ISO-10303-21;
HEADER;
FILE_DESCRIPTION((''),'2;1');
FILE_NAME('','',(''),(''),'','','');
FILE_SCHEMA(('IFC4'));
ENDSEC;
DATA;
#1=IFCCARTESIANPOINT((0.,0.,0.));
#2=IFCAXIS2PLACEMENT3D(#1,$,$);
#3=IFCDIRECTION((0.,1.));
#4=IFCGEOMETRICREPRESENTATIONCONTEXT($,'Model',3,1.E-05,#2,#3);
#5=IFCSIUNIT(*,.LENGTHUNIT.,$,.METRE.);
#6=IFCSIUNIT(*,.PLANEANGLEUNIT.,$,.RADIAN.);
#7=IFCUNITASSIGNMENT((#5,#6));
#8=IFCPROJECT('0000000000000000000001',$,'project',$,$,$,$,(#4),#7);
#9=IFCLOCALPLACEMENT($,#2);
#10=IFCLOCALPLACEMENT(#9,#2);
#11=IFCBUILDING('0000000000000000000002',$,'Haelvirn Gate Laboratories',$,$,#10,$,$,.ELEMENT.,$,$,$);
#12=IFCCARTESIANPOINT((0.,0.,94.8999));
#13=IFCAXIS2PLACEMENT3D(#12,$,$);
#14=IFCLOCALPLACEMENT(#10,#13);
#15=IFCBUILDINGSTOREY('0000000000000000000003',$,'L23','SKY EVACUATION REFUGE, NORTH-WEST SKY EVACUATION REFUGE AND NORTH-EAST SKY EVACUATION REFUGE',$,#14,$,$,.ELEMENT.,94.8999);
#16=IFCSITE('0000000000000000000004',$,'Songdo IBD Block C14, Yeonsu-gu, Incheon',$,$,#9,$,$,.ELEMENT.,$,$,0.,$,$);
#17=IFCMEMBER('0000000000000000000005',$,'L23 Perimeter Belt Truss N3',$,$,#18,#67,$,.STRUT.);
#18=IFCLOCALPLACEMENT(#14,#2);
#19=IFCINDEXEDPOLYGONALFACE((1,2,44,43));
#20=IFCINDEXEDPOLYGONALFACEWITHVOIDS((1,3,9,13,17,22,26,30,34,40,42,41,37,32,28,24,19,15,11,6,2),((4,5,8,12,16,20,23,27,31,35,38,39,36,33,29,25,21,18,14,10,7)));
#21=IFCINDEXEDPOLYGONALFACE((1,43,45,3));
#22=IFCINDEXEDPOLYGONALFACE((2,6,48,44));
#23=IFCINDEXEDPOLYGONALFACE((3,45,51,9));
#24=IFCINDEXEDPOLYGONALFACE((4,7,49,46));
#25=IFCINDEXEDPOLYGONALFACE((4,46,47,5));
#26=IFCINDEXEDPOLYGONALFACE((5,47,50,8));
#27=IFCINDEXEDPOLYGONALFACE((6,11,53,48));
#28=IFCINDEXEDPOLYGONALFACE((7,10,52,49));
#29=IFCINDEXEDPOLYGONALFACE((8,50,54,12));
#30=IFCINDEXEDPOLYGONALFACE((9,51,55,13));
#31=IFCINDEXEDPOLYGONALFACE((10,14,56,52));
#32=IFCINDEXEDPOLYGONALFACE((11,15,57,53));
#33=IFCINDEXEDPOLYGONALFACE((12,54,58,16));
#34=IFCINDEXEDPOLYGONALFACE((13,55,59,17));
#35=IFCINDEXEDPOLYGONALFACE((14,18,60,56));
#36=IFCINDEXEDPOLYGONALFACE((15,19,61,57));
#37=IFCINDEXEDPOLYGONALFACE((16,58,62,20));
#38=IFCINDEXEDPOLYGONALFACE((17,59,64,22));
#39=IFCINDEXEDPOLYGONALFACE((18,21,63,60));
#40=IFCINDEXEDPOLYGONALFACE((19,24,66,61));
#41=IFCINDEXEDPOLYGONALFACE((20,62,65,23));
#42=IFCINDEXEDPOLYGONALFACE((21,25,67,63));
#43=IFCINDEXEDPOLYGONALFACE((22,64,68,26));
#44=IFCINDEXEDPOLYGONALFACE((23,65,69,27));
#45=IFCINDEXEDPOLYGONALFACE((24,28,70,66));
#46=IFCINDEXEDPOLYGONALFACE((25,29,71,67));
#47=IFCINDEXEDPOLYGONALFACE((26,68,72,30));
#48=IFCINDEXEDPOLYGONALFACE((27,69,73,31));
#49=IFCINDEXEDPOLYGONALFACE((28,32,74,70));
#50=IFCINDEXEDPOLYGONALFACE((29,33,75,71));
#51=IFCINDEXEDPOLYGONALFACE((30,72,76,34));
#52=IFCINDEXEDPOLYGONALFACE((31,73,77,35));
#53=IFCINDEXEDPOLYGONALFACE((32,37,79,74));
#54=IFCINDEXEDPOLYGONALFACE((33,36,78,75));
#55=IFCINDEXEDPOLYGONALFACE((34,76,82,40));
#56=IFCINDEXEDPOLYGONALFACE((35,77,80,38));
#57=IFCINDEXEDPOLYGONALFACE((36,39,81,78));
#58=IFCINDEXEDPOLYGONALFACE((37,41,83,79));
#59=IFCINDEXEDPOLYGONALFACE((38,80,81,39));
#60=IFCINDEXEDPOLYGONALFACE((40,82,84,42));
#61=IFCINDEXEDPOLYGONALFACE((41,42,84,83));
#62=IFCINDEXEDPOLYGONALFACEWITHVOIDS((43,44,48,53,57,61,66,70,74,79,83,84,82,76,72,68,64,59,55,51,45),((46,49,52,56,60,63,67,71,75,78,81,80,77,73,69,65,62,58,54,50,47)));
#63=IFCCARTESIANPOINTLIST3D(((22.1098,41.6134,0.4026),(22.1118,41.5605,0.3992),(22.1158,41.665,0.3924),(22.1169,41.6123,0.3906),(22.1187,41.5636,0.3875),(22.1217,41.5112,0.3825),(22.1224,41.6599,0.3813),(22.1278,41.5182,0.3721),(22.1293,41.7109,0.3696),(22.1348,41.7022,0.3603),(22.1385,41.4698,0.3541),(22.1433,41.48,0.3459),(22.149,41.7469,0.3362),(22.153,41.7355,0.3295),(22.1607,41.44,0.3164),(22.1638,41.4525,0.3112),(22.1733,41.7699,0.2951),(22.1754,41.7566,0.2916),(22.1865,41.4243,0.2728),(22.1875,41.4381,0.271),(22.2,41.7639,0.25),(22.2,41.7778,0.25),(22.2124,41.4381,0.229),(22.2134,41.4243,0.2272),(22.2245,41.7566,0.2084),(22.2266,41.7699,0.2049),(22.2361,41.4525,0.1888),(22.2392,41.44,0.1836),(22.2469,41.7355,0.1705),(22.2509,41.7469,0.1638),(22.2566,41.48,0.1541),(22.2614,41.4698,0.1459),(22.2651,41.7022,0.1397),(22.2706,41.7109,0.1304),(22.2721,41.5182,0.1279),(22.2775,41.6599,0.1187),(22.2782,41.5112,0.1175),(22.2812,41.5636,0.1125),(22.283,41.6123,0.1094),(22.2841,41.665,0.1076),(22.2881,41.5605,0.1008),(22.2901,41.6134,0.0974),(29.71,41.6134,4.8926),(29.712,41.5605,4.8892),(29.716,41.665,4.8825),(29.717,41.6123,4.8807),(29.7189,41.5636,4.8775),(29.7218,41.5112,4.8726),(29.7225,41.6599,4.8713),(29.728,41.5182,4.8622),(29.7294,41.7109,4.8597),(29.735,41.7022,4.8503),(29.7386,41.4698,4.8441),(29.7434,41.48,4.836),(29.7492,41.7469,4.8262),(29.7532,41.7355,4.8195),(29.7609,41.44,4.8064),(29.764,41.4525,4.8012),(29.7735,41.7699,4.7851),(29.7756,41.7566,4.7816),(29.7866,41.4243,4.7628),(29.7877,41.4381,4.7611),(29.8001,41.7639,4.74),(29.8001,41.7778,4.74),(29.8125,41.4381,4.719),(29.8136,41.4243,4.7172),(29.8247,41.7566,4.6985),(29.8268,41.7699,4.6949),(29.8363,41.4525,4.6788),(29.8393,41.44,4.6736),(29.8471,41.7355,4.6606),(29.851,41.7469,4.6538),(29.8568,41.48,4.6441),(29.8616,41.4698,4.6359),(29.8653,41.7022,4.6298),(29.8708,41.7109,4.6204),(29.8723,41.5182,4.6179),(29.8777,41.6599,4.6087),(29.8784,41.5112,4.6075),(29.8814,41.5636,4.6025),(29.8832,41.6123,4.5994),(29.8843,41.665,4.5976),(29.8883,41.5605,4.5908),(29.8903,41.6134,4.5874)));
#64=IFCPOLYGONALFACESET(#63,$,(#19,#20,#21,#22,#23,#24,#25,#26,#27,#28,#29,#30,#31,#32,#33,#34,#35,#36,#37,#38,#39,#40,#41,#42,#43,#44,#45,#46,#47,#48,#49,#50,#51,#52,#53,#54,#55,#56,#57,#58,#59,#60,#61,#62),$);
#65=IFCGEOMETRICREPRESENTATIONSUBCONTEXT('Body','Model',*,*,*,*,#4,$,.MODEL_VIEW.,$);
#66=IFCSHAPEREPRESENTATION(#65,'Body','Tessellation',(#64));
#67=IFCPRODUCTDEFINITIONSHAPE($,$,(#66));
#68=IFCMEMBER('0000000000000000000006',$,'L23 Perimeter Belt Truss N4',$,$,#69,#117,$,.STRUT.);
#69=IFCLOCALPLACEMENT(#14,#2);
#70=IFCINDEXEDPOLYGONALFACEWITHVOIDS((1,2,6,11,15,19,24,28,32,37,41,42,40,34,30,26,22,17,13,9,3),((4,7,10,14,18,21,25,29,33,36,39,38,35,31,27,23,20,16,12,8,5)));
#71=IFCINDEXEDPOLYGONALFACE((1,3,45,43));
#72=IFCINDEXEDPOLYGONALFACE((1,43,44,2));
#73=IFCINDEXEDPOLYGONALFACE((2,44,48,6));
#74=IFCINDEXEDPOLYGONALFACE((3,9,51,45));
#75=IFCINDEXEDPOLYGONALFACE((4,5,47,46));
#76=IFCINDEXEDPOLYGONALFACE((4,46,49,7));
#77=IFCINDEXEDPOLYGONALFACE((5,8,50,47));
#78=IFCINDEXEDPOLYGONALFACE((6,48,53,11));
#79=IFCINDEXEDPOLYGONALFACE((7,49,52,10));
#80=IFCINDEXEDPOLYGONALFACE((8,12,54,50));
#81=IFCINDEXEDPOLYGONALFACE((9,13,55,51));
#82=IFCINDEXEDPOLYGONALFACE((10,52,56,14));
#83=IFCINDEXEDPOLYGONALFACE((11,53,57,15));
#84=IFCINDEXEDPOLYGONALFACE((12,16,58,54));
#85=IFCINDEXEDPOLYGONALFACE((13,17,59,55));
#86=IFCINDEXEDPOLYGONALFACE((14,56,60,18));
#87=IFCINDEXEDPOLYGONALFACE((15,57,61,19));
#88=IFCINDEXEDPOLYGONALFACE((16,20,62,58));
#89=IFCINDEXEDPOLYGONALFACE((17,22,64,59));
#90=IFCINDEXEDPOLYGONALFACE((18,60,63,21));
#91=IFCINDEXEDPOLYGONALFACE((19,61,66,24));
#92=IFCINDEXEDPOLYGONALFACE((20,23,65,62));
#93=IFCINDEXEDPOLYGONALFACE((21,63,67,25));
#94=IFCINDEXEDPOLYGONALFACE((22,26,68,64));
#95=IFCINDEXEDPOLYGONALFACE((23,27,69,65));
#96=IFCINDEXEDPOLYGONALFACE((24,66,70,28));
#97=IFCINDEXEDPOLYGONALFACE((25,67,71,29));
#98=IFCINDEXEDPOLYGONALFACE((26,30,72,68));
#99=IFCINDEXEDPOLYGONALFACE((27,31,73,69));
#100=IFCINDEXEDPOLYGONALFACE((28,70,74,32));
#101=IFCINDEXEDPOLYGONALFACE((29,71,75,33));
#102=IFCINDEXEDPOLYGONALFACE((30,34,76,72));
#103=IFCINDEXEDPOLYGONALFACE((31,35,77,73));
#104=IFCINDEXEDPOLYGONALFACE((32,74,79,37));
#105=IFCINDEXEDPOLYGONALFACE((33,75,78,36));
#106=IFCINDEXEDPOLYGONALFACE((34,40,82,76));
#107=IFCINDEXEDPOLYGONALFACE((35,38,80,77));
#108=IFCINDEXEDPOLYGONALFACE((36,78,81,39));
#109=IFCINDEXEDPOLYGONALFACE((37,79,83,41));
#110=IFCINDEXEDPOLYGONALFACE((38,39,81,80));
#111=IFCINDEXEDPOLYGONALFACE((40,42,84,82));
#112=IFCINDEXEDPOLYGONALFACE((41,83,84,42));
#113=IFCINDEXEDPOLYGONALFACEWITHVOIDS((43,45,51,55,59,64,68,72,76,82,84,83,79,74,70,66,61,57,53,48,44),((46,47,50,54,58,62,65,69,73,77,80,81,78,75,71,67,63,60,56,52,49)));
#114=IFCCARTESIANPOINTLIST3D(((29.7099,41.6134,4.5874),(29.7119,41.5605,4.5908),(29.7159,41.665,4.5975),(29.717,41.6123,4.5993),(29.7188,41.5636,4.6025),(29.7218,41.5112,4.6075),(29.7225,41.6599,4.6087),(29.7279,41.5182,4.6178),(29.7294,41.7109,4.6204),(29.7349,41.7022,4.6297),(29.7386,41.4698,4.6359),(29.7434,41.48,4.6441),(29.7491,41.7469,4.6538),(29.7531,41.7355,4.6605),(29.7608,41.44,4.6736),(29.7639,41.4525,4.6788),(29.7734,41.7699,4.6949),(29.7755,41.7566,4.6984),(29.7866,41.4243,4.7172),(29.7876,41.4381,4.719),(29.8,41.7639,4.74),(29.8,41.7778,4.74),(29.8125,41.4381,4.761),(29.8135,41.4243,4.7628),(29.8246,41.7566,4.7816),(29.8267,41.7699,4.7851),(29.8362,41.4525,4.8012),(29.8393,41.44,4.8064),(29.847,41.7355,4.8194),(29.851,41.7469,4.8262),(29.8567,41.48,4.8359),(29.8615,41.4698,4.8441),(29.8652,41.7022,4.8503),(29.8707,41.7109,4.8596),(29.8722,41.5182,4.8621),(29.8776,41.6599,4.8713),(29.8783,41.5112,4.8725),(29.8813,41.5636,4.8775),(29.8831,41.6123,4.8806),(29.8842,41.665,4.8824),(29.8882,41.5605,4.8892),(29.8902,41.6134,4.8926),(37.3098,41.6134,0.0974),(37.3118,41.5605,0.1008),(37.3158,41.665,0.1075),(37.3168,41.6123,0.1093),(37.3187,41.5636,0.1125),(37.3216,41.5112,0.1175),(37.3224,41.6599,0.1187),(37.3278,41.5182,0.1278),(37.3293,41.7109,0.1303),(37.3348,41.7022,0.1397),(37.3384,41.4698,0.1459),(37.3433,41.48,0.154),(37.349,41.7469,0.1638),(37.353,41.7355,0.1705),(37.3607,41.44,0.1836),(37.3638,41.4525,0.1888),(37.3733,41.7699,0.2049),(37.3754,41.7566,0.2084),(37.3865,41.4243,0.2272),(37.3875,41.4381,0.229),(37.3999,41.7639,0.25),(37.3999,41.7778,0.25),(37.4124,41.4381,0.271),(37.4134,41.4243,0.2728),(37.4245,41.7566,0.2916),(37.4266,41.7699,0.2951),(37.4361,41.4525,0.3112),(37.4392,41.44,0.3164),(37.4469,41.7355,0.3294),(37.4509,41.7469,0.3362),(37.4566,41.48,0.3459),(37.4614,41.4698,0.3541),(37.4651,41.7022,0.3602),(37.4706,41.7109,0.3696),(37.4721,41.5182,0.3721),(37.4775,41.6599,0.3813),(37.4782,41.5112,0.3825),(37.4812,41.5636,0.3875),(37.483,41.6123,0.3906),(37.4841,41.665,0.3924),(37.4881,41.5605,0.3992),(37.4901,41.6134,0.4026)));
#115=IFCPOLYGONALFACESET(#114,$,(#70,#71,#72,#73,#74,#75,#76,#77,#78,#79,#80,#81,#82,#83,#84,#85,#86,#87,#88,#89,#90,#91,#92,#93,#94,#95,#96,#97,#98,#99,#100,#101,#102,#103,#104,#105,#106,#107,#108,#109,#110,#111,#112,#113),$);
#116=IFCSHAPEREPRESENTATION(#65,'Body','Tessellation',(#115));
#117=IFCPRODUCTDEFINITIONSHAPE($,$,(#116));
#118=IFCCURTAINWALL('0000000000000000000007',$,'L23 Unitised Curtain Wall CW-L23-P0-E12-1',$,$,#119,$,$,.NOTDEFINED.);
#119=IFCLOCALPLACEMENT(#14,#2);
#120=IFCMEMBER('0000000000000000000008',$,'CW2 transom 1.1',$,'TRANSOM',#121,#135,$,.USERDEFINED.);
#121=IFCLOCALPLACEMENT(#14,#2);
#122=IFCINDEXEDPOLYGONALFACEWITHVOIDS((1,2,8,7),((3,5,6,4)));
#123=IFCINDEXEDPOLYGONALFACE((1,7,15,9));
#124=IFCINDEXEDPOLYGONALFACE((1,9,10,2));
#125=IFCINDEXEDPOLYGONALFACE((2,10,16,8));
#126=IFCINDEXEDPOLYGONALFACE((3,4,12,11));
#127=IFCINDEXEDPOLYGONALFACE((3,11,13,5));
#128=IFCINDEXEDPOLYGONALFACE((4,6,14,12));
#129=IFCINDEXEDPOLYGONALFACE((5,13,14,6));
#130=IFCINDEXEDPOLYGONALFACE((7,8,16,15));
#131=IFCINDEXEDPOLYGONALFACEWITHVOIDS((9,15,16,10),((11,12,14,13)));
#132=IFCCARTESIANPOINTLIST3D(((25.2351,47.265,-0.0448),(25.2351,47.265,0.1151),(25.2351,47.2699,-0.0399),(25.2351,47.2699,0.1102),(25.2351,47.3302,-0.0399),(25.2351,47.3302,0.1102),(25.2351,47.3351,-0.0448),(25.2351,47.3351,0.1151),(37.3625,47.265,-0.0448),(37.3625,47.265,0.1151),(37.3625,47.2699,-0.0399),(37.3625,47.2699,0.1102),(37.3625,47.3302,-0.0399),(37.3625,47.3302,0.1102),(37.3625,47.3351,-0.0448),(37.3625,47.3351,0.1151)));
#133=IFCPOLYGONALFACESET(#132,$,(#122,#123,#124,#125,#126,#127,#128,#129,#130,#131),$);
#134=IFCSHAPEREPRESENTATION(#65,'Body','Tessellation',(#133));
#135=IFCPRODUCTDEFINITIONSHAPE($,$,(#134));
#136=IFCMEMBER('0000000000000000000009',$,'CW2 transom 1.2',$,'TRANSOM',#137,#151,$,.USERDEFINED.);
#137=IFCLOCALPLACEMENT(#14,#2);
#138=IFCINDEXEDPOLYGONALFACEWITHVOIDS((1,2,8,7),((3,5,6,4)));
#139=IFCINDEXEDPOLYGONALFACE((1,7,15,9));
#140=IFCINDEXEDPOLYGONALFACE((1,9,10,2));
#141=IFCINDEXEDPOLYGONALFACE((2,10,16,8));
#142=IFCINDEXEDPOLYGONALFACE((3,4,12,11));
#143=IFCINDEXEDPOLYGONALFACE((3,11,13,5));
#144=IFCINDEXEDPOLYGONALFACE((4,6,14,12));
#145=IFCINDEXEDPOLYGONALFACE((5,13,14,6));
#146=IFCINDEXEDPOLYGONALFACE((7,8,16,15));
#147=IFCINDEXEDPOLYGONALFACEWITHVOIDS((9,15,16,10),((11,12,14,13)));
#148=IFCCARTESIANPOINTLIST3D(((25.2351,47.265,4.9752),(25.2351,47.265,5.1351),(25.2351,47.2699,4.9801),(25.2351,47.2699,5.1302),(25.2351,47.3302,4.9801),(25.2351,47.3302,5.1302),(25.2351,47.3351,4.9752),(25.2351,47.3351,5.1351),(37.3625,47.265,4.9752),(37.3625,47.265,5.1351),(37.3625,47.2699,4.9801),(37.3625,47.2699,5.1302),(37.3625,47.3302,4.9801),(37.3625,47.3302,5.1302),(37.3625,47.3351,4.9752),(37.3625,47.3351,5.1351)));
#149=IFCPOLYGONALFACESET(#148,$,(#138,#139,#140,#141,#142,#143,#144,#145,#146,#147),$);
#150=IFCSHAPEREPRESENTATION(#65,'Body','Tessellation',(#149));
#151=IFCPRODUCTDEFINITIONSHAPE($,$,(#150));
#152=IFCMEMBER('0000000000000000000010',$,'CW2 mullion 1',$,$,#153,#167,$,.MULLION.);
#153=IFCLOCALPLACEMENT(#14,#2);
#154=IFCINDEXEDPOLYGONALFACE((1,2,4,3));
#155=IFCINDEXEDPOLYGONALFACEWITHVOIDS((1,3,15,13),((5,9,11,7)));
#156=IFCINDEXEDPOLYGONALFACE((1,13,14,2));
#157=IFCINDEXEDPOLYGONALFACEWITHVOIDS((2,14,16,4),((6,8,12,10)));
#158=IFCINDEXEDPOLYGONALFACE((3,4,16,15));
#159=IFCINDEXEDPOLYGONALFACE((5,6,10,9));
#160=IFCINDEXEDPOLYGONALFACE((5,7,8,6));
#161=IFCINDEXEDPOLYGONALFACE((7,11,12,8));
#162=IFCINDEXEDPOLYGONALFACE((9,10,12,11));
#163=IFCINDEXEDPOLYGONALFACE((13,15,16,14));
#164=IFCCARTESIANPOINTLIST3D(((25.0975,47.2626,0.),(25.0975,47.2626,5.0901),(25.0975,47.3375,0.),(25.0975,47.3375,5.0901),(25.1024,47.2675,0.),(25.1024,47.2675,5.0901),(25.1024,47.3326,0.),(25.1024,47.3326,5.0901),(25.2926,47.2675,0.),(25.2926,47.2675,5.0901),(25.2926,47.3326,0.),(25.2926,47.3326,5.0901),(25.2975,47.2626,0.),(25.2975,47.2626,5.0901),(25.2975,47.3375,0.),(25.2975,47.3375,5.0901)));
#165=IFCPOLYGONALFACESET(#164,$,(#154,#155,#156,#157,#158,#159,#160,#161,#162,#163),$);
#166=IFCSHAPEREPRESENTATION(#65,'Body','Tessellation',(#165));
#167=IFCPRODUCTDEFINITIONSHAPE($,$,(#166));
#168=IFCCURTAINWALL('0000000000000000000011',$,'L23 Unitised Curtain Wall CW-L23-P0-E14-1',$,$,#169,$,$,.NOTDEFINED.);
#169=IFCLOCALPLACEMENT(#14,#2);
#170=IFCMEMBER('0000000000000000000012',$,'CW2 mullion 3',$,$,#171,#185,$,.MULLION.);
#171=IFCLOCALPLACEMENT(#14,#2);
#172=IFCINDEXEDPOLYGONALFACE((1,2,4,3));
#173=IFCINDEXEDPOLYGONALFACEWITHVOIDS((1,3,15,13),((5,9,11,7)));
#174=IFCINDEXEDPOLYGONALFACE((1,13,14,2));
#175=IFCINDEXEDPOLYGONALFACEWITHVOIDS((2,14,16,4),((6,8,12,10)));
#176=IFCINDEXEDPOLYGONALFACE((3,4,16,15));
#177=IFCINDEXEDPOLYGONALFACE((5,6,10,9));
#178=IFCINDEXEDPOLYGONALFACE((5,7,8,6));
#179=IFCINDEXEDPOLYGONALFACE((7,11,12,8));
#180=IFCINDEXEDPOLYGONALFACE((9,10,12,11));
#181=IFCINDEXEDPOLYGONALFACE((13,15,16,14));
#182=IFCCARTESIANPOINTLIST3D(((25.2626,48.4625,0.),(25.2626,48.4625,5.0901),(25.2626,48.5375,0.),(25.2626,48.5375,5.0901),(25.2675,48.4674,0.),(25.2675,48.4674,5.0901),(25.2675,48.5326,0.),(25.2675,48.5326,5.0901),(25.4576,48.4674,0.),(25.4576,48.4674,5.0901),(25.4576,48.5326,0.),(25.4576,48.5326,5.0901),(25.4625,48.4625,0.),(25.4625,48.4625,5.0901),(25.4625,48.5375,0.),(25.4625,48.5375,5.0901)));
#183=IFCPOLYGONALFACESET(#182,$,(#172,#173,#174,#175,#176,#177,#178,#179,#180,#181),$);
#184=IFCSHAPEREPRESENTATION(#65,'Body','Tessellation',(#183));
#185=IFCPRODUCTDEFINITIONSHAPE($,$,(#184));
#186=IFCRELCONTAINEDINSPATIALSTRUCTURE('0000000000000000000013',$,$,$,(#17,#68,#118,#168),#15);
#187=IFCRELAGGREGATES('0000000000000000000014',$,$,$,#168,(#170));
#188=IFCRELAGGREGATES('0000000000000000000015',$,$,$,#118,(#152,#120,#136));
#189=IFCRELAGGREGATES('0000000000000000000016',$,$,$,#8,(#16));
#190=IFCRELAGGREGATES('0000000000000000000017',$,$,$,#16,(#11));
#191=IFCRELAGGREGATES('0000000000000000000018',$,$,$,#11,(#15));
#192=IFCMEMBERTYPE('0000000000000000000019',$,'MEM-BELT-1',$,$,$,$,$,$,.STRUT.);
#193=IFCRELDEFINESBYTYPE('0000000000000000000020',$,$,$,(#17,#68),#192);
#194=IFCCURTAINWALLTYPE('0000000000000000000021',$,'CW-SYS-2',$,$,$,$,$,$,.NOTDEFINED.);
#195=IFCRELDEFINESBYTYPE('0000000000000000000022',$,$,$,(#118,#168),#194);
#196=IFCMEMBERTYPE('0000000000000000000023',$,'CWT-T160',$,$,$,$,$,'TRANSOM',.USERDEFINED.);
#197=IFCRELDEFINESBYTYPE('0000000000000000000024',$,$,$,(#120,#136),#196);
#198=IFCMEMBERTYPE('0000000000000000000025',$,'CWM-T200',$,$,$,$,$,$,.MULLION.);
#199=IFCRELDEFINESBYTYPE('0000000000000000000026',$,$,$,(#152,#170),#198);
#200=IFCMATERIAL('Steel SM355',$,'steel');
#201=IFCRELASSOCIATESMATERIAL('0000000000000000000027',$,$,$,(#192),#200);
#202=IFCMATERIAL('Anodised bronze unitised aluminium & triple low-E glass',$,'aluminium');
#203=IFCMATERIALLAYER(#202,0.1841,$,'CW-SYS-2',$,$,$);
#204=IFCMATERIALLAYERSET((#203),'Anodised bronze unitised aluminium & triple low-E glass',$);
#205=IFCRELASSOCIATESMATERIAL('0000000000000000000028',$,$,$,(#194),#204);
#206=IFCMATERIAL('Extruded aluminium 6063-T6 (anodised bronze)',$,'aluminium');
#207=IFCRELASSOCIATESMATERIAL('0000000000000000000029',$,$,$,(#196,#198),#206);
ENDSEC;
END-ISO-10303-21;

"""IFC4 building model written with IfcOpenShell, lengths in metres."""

from ifc_helpers import new_model, si_unit, direction, frame, origin, origin_2d, place, context, subcontext, project, spatial, hollow_rectangle, hollow_circle, extrude, source, transform, mapped, material, layer, layer_set, material_profile, profile_set, type_object, type_shapes, element, aggregate, save


model = new_model("IFC4")

# Units and contexts
model_context = context("Model", 3, precision=1e-05, world=origin(), true_north=direction((0.0, 1.0)))
body_context = subcontext(model_context, "Body", "Model", "MODEL_VIEW")
ifc_project = project(units=[si_unit("LENGTHUNIT", "METRE"), si_unit("PLANEANGLEUNIT", "RADIAN")], contexts=[model_context])

# Site, building, storey
site_placement = place(None, origin())
site = spatial("IfcSite", under=ifc_project, at=site_placement, Name="Songdo IBD Block C14, Yeonsu-gu, Incheon", CompositionType="ELEMENT", RefElevation=0.0)
building_placement = place(site_placement, origin())
building = spatial("IfcBuilding", under=site, at=building_placement, Name="Haelvirn Gate Laboratories", CompositionType="ELEMENT")
storey_placement = place(building_placement, frame((0.0, 0.0, 94.8999)))
storey = spatial("IfcBuildingStorey", under=building, at=storey_placement, Name="L23", Description="SKY EVACUATION REFUGE, NORTH-WEST SKY EVACUATION REFUGE AND NORTH-EAST SKY EVACUATION REFUGE", CompositionType="ELEMENT", Elevation=94.8999)

# Shared definitions
ifc_material_1 = material(Name="Steel SM355", Category="steel")

# Members
ifc_material_profile_1 = material_profile(ifc_material_1, hollow_circle(Radius=0.1777, WallThickness=0.0139, at=origin_2d()), Name="CHS-355x14")
ifc_profile_set_1 = profile_set([ifc_material_profile_1], Name="Steel SM355")
member_type_1 = type_object("IfcMemberType", Name="MEM-BELT-1", PredefinedType="STRUT", material=ifc_profile_set_1)
shared_shape_1 = source(origin(), body_context, "Body", "SweptSolid", [
    extrude(hollow_circle(Radius=0.1777, WallThickness=0.0139, at=origin_2d()), origin(), (0.0, 0.0, 1.0), 8.8274),
])
member_1_placement = place(storey_placement, frame((22.2, 41.6001, 0.25), z_axis=(0.860975, 0.0, 0.508647), x_axis=(0.0, 1.0, 0.0)))
element("IfcMember", 1, at=member_1_placement, inside=storey, type_object=member_type_1, Name="L23 Perimeter Belt Truss N3", PredefinedType="STRUT", context=body_context, shape_type="MappedRepresentation", body=[
    mapped(shared_shape_1, transform((0.0, 0.0, 0.0), scale=1.0)),
])
shared_shape_2 = source(origin(), body_context, "Body", "SweptSolid", [
    extrude(hollow_circle(Radius=0.1777, WallThickness=0.0139, at=origin_2d()), origin(), (0.0, 0.0, 1.0), 8.8271),
])
member_2_placement = place(storey_placement, frame((29.8, 41.6001, 4.74), z_axis=(0.860968, 0.0, -0.508659), x_axis=(0.0, 1.0, 0.0)))
element("IfcMember", 2, at=member_2_placement, inside=storey, type_object=member_type_1, Name="L23 Perimeter Belt Truss N4", PredefinedType="STRUT", context=body_context, shape_type="MappedRepresentation", body=[
    mapped(shared_shape_2, transform((0.0, 0.0, 0.0), scale=1.0)),
])

# Curtain wall, members
ifc_material_2 = material(Name="Anodised bronze unitised aluminium & triple low-E glass", Category="aluminium")
ifc_layer_1 = layer(ifc_material_2, 0.1841, Name="CW-SYS-2")
ifc_layer_set_1 = layer_set([ifc_layer_1], Name="Anodised bronze unitised aluminium & triple low-E glass")
curtain_wall_type = type_object("IfcCurtainWallType", Name="CW-SYS-2", PredefinedType="NOTDEFINED", material=ifc_layer_set_1)
curtain_wall_1_placement = place(storey_placement, origin())
curtain_wall_1 = element("IfcCurtainWall", 3, at=curtain_wall_1_placement, inside=storey, type_object=curtain_wall_type, Name="L23 Unitised Curtain Wall CW-L23-P0-E12-1", PredefinedType="NOTDEFINED")
ifc_material_3 = material(Name="Extruded aluminium 6063-T6 (anodised bronze)", Category="aluminium")
ifc_material_profile_2 = material_profile(ifc_material_3, hollow_rectangle(XDim=0.0701, YDim=0.1599, WallThickness=0.0049, at=origin_2d()), Name="CWT-160x70x5")
ifc_profile_set_2 = profile_set([ifc_material_profile_2], Name="Extruded aluminium 6063-T6 (anodised bronze)")
member_type_2 = type_object("IfcMemberType", Name="CWT-T160", ElementType="TRANSOM", PredefinedType="USERDEFINED", material=ifc_profile_set_2)
shared_shape_3 = source(origin(), body_context, "Body", "SweptSolid", [
    extrude(hollow_rectangle(XDim=0.0701, YDim=0.1599, WallThickness=0.0049, at=origin_2d()), origin(), (0.0, 0.0, 1.0), 12.1274),
])
type_shapes(member_type_2, [shared_shape_3])
member_3_placement = place(storey_placement, frame((25.2351, 47.3, 0.0352), z_axis=(1.0, 0.0, 0.0), x_axis=(0.0, 1.0, 0.0)))
member_3 = element("IfcMember", 4, at=member_3_placement, type_object=member_type_2, Name="CW2 transom 1.1", ObjectType="TRANSOM", PredefinedType="USERDEFINED", context=body_context, shape_type="MappedRepresentation", body=[
    mapped(shared_shape_3, transform((0.0, 0.0, 0.0), scale=1.0)),
])
member_4_placement = place(storey_placement, frame((25.2351, 47.3, 5.0552), z_axis=(1.0, 0.0, 0.0), x_axis=(0.0, 1.0, 0.0)))
member_4 = element("IfcMember", 5, at=member_4_placement, type_object=member_type_2, Name="CW2 transom 1.2", ObjectType="TRANSOM", PredefinedType="USERDEFINED", context=body_context, shape_type="MappedRepresentation", body=[
    mapped(shared_shape_3, transform((0.0, 0.0, 0.0), scale=1.0)),
])
ifc_material_profile_3 = material_profile(ifc_material_3, hollow_rectangle(XDim=0.075, YDim=0.2, WallThickness=0.0049, at=origin_2d()), Name="CWM-200x75x5")
ifc_profile_set_3 = profile_set([ifc_material_profile_3], Name="Extruded aluminium 6063-T6 (anodised bronze)")
member_type_3 = type_object("IfcMemberType", Name="CWM-T200", PredefinedType="MULLION", material=ifc_profile_set_3)
shared_shape_4 = source(origin(), body_context, "Body", "SweptSolid", [
    extrude(hollow_rectangle(XDim=0.075, YDim=0.2, WallThickness=0.0049, at=origin_2d()), origin(), (0.0, 0.0, 1.0), 5.0901),
])
type_shapes(member_type_3, [shared_shape_4])
member_5_placement = place(storey_placement, frame((25.1975, 47.3, 0.0), z_axis=(0.0, 0.0, 1.0), x_axis=(0.0, 1.0, 0.0)))
member_5 = element("IfcMember", 6, at=member_5_placement, type_object=member_type_3, Name="CW2 mullion 1", PredefinedType="MULLION", context=body_context, shape_type="MappedRepresentation", body=[
    mapped(shared_shape_4, transform((0.0, 0.0, 0.0), scale=1.0)),
])

# Curtain wall, member
curtain_wall_2_placement = place(storey_placement, origin())
curtain_wall_2 = element("IfcCurtainWall", 7, at=curtain_wall_2_placement, inside=storey, type_object=curtain_wall_type, Name="L23 Unitised Curtain Wall CW-L23-P0-E14-1", PredefinedType="NOTDEFINED")
member_6_placement = place(storey_placement, frame((25.3625, 48.5, 0.0), z_axis=(0.0, 0.0, 1.0), x_axis=(0.0, 1.0, 0.0)))
member_6 = element("IfcMember", 8, at=member_6_placement, type_object=member_type_3, Name="CW2 mullion 3", PredefinedType="MULLION", context=body_context, shape_type="MappedRepresentation", body=[
    mapped(shared_shape_4, transform((0.0, 0.0, 0.0), scale=1.0)),
])

aggregate(curtain_wall_2, [member_6])
aggregate(curtain_wall_1, [member_5, member_3, member_4])

save(model, "model.ifc")
